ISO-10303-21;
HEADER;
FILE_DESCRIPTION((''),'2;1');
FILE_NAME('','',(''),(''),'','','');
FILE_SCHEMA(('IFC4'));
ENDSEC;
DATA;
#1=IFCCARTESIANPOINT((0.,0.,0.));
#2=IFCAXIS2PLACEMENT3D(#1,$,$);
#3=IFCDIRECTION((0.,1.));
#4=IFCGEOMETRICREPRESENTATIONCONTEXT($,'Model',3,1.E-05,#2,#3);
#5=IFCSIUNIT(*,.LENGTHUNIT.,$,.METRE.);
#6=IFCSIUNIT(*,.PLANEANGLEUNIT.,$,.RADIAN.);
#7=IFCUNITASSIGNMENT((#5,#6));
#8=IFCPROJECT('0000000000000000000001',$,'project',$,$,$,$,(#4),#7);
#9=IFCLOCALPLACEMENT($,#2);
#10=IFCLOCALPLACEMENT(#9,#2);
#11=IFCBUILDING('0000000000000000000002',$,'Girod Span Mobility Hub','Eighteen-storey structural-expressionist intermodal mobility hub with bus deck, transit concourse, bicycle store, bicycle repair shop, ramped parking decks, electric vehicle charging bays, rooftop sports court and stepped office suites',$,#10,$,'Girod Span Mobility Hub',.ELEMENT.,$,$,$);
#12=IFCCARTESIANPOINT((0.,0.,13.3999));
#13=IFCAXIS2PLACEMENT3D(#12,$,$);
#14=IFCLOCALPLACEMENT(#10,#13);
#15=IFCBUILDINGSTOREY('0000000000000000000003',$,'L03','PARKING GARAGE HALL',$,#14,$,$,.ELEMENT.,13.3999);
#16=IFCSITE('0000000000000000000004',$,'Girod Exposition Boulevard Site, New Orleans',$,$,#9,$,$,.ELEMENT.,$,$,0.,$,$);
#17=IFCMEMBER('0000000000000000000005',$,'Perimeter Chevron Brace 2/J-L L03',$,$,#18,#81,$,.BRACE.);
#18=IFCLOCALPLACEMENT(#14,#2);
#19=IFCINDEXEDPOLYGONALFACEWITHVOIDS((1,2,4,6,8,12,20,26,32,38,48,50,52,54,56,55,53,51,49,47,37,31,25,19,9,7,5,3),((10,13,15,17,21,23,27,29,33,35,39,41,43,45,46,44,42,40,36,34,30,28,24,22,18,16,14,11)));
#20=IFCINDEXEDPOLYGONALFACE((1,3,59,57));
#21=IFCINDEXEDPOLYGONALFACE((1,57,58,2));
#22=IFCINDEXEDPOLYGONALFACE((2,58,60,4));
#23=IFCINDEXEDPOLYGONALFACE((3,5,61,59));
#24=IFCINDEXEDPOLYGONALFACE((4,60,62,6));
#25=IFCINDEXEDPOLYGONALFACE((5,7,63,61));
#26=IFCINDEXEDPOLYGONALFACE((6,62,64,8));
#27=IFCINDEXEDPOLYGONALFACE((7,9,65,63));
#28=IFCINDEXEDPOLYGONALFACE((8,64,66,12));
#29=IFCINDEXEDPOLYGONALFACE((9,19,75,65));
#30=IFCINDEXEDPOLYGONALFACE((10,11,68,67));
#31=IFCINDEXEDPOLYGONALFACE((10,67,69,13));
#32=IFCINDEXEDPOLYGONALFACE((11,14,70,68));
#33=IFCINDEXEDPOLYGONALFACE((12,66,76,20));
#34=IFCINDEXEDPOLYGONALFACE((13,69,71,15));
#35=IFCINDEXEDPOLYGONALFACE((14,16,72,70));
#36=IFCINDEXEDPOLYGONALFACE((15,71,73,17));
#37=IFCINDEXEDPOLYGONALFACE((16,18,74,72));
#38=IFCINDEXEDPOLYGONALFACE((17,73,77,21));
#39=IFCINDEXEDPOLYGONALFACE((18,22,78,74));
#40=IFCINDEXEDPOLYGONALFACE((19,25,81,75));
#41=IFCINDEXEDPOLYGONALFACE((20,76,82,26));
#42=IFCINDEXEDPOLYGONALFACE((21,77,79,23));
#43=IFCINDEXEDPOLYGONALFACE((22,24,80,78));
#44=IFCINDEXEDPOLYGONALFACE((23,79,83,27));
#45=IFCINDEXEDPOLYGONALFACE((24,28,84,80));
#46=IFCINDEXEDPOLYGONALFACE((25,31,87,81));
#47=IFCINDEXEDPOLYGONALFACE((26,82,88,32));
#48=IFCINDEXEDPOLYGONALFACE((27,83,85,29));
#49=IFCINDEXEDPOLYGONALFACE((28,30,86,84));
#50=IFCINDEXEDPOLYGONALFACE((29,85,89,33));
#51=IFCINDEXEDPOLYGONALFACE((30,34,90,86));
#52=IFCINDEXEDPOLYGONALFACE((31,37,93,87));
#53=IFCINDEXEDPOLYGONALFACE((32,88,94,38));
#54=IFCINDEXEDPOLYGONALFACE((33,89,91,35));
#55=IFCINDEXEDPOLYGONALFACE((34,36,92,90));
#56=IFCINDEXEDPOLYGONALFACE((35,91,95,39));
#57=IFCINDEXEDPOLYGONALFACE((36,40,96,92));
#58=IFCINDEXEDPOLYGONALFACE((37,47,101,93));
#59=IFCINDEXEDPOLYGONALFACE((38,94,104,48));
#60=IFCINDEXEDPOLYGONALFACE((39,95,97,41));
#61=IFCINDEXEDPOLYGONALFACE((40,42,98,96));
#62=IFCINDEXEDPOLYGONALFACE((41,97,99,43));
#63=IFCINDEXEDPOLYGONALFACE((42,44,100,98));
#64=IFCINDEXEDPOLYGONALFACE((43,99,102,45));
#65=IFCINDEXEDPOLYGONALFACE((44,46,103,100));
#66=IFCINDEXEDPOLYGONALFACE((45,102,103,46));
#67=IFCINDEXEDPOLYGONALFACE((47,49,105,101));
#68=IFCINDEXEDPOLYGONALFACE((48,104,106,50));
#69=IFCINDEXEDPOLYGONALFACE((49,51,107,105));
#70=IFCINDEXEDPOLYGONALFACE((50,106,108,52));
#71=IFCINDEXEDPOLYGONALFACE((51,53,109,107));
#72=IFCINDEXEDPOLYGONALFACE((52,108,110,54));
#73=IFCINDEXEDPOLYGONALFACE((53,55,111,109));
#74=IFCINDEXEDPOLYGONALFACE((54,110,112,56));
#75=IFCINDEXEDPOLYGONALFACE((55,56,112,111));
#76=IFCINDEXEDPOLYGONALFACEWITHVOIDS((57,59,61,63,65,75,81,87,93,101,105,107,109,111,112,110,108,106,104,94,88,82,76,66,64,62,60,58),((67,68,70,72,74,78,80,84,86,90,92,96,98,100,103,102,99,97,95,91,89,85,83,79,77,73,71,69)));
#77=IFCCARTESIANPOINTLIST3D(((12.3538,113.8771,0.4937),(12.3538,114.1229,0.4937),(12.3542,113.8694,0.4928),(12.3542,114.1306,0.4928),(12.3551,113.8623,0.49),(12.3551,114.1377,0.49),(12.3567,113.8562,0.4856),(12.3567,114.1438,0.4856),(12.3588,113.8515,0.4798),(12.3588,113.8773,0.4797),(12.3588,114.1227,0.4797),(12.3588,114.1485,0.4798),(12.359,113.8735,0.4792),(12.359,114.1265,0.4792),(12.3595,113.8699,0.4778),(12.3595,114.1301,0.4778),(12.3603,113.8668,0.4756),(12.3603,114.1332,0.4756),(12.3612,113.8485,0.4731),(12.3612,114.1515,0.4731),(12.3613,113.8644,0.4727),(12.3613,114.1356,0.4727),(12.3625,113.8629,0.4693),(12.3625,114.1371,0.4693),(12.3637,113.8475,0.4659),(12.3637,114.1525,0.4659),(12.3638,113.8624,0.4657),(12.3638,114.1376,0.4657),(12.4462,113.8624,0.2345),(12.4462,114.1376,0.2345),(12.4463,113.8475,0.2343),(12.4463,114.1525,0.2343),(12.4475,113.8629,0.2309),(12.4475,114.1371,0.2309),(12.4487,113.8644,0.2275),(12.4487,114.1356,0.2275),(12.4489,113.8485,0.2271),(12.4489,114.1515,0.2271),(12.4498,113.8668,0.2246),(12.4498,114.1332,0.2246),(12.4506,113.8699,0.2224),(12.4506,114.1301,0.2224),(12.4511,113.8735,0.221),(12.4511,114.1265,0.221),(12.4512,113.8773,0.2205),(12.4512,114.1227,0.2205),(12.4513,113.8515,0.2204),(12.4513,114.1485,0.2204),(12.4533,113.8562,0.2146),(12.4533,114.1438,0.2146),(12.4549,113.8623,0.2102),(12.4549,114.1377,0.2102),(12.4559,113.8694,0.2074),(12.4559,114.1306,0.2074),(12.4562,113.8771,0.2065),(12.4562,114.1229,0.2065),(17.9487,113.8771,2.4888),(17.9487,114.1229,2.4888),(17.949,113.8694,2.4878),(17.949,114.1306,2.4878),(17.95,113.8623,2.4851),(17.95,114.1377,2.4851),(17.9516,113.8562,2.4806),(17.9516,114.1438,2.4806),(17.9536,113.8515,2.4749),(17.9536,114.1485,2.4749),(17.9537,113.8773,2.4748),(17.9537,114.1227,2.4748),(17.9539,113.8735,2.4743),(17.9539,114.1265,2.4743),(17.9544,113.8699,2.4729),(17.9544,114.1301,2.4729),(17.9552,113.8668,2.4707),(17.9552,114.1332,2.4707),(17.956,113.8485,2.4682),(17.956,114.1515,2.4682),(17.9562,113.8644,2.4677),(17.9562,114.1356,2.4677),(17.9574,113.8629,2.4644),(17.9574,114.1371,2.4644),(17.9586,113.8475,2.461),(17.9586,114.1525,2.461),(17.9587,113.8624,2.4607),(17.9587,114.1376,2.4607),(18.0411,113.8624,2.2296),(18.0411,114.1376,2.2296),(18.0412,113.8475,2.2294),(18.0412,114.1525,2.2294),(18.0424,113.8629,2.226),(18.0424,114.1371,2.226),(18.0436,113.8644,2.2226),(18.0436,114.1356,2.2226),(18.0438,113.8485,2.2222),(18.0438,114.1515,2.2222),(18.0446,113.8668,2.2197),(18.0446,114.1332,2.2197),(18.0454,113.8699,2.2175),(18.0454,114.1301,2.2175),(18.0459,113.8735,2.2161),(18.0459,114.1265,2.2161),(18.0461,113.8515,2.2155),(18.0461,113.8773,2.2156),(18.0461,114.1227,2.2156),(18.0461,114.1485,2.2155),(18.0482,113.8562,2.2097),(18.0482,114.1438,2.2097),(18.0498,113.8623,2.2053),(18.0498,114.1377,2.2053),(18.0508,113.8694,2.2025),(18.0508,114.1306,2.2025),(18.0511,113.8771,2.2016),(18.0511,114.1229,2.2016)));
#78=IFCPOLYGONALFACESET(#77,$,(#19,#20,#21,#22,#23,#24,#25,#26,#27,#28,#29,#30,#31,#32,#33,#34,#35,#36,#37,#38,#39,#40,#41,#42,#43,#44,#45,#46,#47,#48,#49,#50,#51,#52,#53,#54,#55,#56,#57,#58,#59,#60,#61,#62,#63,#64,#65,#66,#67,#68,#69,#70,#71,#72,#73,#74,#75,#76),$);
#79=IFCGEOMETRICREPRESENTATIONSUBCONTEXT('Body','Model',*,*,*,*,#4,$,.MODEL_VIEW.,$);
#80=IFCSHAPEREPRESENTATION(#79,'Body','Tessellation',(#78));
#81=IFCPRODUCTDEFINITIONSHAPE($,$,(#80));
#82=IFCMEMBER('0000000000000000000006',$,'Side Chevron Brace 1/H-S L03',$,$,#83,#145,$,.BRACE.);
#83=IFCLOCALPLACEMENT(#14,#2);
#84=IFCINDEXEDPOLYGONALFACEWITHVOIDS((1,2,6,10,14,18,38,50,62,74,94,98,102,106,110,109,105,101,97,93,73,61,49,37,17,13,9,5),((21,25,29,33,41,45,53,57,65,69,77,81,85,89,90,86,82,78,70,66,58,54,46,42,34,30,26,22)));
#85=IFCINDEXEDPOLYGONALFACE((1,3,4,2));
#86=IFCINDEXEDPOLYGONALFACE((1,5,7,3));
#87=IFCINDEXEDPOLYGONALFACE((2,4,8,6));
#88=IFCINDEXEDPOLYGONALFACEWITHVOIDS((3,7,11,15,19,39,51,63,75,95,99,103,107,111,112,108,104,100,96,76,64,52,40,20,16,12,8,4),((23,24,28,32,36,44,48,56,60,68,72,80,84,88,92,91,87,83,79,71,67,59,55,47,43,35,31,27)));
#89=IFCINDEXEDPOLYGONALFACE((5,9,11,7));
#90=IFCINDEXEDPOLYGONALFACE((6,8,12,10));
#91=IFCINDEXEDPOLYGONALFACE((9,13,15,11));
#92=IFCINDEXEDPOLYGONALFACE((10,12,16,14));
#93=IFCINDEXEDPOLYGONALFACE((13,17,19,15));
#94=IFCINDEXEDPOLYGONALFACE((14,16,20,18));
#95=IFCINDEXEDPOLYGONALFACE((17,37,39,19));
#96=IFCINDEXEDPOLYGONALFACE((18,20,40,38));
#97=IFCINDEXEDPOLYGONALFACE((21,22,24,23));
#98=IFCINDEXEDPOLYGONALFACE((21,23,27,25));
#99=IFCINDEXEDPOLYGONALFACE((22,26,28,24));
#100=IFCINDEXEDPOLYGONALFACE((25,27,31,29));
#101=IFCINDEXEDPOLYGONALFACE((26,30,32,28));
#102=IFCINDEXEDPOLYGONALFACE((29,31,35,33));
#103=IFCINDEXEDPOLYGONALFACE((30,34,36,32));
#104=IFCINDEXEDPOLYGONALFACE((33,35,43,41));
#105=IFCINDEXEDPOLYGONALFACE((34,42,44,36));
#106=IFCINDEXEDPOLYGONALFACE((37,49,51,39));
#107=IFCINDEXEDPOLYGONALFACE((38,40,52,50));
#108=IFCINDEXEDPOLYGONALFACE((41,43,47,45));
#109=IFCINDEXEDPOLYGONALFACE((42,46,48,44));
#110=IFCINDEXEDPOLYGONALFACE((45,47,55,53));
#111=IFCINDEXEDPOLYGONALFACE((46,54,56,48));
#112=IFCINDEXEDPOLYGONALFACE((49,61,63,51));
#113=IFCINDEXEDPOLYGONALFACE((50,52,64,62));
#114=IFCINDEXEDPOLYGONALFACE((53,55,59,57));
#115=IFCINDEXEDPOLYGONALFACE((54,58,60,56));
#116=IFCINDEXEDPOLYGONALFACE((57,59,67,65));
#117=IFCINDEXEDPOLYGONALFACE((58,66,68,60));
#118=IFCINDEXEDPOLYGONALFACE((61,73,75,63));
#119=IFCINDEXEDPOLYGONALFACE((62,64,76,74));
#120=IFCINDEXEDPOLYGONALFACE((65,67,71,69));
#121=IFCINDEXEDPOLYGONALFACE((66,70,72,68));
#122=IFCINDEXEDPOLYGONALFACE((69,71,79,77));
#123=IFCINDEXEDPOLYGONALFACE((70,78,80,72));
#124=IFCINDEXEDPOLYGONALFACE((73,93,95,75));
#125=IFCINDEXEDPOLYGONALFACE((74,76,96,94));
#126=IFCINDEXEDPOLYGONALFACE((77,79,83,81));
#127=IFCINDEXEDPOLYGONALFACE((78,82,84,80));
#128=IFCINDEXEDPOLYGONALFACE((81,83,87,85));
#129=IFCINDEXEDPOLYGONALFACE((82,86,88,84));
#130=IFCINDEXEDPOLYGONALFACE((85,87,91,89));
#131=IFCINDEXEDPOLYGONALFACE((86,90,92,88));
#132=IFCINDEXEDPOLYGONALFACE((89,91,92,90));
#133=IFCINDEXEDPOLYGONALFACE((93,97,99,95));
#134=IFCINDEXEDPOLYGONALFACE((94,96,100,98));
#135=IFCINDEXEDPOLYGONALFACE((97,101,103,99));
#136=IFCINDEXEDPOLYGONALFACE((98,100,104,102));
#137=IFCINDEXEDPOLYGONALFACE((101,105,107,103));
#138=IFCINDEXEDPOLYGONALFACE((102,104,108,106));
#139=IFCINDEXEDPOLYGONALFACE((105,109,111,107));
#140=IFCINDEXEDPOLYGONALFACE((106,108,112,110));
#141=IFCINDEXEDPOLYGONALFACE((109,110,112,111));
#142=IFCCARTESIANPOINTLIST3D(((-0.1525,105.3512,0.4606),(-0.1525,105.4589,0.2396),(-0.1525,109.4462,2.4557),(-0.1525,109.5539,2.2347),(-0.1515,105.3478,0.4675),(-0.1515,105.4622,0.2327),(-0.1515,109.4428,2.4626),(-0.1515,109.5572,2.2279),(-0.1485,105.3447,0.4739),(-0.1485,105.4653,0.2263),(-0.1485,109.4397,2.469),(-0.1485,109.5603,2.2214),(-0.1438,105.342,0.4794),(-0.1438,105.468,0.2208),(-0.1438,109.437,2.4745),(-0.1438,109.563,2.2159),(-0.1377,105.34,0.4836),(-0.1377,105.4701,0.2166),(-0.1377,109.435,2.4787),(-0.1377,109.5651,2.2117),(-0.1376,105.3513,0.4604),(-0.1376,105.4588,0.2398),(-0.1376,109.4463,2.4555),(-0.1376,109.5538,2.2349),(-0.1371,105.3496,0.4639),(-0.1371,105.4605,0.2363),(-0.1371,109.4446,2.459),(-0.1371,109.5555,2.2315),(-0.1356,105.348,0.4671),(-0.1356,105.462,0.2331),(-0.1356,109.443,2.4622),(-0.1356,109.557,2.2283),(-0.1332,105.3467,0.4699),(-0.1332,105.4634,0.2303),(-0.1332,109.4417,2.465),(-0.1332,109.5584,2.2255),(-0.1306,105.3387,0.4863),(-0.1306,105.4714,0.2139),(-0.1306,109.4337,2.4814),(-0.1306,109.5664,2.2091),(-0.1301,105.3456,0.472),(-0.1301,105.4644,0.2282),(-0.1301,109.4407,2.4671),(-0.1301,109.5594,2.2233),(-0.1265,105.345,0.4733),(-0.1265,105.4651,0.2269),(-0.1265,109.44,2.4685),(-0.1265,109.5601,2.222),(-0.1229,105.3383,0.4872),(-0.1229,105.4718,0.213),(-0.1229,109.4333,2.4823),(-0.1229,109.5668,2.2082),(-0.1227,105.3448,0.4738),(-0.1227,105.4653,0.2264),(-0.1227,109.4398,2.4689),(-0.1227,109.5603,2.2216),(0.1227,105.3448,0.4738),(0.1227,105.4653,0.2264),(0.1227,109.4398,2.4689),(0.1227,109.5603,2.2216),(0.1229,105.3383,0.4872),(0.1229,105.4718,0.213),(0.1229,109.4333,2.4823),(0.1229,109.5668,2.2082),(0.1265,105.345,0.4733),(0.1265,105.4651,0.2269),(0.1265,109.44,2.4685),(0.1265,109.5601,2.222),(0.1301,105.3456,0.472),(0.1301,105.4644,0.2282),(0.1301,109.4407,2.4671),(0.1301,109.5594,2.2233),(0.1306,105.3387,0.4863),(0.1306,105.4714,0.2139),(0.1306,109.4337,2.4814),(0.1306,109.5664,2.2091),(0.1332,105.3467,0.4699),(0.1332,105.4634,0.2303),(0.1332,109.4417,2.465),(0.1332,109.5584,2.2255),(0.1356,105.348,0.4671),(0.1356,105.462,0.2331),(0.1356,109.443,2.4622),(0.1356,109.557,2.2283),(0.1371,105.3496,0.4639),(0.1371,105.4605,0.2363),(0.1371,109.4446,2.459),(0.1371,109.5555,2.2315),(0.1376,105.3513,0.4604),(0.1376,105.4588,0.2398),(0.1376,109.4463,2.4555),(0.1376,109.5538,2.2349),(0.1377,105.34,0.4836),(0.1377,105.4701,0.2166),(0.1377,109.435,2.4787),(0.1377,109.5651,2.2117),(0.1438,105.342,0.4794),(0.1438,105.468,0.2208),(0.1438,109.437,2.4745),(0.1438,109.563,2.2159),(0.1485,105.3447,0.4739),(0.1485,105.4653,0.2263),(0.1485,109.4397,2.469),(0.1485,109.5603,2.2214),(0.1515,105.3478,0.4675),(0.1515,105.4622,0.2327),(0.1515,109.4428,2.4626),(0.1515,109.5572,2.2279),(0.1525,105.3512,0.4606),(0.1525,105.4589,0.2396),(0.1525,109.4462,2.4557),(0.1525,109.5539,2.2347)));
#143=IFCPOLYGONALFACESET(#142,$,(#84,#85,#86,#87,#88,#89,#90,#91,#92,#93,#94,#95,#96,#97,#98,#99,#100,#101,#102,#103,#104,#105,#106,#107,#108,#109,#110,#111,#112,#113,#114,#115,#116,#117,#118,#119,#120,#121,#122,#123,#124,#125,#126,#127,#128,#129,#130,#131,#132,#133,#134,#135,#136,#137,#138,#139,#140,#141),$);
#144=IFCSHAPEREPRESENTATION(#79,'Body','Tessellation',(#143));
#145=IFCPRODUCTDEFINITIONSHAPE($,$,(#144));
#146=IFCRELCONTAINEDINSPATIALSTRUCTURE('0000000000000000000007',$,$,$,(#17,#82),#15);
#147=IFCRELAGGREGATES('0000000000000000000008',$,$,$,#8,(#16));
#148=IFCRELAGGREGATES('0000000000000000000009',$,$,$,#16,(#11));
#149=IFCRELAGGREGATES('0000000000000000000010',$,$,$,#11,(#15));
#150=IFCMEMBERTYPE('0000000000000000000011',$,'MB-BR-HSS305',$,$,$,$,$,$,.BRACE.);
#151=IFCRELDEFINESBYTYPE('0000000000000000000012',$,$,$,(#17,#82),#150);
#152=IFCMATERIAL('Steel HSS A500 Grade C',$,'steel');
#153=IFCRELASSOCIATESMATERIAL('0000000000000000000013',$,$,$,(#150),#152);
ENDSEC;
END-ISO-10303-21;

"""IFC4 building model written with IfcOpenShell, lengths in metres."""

from ifc_helpers import new_model, si_unit, direction, frame, origin, origin_2d, place, context, subcontext, project, spatial, hollow_rectangle, extrude, material, material_profile, profile_set, type_object, element, save


model = new_model("IFC4")

# Units and contexts
model_context = context("Model", 3, precision=1e-05, world=origin(), true_north=direction((0.0, 1.0)))
body_context = subcontext(model_context, "Body", "Model", "MODEL_VIEW")
ifc_project = project(units=[si_unit("LENGTHUNIT", "METRE"), si_unit("PLANEANGLEUNIT", "RADIAN")], contexts=[model_context])

# Site, building, storey
site_placement = place(None, origin())
site = spatial("IfcSite", under=ifc_project, at=site_placement, Name="Girod Exposition Boulevard Site, New Orleans", CompositionType="ELEMENT", RefElevation=0.0)
building_placement = place(site_placement, origin())
building = spatial("IfcBuilding", under=site, at=building_placement, Name="Girod Span Mobility Hub", Description="Eighteen-storey structural-expressionist intermodal mobility hub with bus deck, transit concourse, bicycle store, bicycle repair shop, ramped parking decks, electric vehicle charging bays, rooftop sports court and stepped office suites", LongName="Girod Span Mobility Hub", CompositionType="ELEMENT")
storey_placement = place(building_placement, frame((0.0, 0.0, 13.3999)))
storey = spatial("IfcBuildingStorey", under=building, at=storey_placement, Name="L03", Description="PARKING GARAGE HALL", CompositionType="ELEMENT", Elevation=13.3999)

# Members
ifc_material_1 = material(Name="Steel HSS A500 Grade C", Category="steel")
ifc_material_profile_1 = material_profile(ifc_material_1, hollow_rectangle(XDim=0.3049, YDim=0.3049, WallThickness=0.0149, InnerFilletRadius=0.0149, OuterFilletRadius=0.0295, at=origin_2d()), Name="HSS305X305X16")
ifc_profile_set_1 = profile_set([ifc_material_profile_1], Name="Steel HSS A500 Grade C")
member_type = type_object("IfcMemberType", Name="MB-BR-HSS305", PredefinedType="BRACE", material=ifc_profile_set_1)
member_placement = place(storey_placement, frame((12.405, 114.0, 0.3501), z_axis=(0.941906, 0.0, 0.335876), x_axis=(0.0, 1.0, 0.0)))
element("IfcMember", 1, at=member_placement, inside=storey, type_object=member_type, Name="Perimeter Chevron Brace 2/J-L L03", PredefinedType="BRACE", context=body_context, shape_type="SweptSolid", body=[
    extrude(hollow_rectangle(XDim=0.3049, YDim=0.3049, WallThickness=0.0149, InnerFilletRadius=0.0149, OuterFilletRadius=0.0295, at=origin_2d()), origin(), (0.0, 0.0, 1.0), 5.9399),
])
for number, where, z_axis, x_axis, name in (
    (2, (0.0, 105.405, 0.3501), (0.0, 0.898979, 0.437993), (-1.0, 0.0, 0.0), "Side Chevron Brace 1/H-S L03"),
):
    element("IfcMember", number, at=place(storey_placement, frame(where, z_axis=z_axis, x_axis=x_axis)), inside=storey, type_object=member_type, Name=name, PredefinedType="BRACE", context=body_context, shape_type="SweptSolid", body=[
        extrude(hollow_rectangle(XDim=0.3049, YDim=0.3049, WallThickness=0.0149, InnerFilletRadius=0.0149, OuterFilletRadius=0.0295, at=origin_2d()), origin(), (0.0, 0.0, 1.0), 4.5552),
    ])

save(model, "model.ifc")
